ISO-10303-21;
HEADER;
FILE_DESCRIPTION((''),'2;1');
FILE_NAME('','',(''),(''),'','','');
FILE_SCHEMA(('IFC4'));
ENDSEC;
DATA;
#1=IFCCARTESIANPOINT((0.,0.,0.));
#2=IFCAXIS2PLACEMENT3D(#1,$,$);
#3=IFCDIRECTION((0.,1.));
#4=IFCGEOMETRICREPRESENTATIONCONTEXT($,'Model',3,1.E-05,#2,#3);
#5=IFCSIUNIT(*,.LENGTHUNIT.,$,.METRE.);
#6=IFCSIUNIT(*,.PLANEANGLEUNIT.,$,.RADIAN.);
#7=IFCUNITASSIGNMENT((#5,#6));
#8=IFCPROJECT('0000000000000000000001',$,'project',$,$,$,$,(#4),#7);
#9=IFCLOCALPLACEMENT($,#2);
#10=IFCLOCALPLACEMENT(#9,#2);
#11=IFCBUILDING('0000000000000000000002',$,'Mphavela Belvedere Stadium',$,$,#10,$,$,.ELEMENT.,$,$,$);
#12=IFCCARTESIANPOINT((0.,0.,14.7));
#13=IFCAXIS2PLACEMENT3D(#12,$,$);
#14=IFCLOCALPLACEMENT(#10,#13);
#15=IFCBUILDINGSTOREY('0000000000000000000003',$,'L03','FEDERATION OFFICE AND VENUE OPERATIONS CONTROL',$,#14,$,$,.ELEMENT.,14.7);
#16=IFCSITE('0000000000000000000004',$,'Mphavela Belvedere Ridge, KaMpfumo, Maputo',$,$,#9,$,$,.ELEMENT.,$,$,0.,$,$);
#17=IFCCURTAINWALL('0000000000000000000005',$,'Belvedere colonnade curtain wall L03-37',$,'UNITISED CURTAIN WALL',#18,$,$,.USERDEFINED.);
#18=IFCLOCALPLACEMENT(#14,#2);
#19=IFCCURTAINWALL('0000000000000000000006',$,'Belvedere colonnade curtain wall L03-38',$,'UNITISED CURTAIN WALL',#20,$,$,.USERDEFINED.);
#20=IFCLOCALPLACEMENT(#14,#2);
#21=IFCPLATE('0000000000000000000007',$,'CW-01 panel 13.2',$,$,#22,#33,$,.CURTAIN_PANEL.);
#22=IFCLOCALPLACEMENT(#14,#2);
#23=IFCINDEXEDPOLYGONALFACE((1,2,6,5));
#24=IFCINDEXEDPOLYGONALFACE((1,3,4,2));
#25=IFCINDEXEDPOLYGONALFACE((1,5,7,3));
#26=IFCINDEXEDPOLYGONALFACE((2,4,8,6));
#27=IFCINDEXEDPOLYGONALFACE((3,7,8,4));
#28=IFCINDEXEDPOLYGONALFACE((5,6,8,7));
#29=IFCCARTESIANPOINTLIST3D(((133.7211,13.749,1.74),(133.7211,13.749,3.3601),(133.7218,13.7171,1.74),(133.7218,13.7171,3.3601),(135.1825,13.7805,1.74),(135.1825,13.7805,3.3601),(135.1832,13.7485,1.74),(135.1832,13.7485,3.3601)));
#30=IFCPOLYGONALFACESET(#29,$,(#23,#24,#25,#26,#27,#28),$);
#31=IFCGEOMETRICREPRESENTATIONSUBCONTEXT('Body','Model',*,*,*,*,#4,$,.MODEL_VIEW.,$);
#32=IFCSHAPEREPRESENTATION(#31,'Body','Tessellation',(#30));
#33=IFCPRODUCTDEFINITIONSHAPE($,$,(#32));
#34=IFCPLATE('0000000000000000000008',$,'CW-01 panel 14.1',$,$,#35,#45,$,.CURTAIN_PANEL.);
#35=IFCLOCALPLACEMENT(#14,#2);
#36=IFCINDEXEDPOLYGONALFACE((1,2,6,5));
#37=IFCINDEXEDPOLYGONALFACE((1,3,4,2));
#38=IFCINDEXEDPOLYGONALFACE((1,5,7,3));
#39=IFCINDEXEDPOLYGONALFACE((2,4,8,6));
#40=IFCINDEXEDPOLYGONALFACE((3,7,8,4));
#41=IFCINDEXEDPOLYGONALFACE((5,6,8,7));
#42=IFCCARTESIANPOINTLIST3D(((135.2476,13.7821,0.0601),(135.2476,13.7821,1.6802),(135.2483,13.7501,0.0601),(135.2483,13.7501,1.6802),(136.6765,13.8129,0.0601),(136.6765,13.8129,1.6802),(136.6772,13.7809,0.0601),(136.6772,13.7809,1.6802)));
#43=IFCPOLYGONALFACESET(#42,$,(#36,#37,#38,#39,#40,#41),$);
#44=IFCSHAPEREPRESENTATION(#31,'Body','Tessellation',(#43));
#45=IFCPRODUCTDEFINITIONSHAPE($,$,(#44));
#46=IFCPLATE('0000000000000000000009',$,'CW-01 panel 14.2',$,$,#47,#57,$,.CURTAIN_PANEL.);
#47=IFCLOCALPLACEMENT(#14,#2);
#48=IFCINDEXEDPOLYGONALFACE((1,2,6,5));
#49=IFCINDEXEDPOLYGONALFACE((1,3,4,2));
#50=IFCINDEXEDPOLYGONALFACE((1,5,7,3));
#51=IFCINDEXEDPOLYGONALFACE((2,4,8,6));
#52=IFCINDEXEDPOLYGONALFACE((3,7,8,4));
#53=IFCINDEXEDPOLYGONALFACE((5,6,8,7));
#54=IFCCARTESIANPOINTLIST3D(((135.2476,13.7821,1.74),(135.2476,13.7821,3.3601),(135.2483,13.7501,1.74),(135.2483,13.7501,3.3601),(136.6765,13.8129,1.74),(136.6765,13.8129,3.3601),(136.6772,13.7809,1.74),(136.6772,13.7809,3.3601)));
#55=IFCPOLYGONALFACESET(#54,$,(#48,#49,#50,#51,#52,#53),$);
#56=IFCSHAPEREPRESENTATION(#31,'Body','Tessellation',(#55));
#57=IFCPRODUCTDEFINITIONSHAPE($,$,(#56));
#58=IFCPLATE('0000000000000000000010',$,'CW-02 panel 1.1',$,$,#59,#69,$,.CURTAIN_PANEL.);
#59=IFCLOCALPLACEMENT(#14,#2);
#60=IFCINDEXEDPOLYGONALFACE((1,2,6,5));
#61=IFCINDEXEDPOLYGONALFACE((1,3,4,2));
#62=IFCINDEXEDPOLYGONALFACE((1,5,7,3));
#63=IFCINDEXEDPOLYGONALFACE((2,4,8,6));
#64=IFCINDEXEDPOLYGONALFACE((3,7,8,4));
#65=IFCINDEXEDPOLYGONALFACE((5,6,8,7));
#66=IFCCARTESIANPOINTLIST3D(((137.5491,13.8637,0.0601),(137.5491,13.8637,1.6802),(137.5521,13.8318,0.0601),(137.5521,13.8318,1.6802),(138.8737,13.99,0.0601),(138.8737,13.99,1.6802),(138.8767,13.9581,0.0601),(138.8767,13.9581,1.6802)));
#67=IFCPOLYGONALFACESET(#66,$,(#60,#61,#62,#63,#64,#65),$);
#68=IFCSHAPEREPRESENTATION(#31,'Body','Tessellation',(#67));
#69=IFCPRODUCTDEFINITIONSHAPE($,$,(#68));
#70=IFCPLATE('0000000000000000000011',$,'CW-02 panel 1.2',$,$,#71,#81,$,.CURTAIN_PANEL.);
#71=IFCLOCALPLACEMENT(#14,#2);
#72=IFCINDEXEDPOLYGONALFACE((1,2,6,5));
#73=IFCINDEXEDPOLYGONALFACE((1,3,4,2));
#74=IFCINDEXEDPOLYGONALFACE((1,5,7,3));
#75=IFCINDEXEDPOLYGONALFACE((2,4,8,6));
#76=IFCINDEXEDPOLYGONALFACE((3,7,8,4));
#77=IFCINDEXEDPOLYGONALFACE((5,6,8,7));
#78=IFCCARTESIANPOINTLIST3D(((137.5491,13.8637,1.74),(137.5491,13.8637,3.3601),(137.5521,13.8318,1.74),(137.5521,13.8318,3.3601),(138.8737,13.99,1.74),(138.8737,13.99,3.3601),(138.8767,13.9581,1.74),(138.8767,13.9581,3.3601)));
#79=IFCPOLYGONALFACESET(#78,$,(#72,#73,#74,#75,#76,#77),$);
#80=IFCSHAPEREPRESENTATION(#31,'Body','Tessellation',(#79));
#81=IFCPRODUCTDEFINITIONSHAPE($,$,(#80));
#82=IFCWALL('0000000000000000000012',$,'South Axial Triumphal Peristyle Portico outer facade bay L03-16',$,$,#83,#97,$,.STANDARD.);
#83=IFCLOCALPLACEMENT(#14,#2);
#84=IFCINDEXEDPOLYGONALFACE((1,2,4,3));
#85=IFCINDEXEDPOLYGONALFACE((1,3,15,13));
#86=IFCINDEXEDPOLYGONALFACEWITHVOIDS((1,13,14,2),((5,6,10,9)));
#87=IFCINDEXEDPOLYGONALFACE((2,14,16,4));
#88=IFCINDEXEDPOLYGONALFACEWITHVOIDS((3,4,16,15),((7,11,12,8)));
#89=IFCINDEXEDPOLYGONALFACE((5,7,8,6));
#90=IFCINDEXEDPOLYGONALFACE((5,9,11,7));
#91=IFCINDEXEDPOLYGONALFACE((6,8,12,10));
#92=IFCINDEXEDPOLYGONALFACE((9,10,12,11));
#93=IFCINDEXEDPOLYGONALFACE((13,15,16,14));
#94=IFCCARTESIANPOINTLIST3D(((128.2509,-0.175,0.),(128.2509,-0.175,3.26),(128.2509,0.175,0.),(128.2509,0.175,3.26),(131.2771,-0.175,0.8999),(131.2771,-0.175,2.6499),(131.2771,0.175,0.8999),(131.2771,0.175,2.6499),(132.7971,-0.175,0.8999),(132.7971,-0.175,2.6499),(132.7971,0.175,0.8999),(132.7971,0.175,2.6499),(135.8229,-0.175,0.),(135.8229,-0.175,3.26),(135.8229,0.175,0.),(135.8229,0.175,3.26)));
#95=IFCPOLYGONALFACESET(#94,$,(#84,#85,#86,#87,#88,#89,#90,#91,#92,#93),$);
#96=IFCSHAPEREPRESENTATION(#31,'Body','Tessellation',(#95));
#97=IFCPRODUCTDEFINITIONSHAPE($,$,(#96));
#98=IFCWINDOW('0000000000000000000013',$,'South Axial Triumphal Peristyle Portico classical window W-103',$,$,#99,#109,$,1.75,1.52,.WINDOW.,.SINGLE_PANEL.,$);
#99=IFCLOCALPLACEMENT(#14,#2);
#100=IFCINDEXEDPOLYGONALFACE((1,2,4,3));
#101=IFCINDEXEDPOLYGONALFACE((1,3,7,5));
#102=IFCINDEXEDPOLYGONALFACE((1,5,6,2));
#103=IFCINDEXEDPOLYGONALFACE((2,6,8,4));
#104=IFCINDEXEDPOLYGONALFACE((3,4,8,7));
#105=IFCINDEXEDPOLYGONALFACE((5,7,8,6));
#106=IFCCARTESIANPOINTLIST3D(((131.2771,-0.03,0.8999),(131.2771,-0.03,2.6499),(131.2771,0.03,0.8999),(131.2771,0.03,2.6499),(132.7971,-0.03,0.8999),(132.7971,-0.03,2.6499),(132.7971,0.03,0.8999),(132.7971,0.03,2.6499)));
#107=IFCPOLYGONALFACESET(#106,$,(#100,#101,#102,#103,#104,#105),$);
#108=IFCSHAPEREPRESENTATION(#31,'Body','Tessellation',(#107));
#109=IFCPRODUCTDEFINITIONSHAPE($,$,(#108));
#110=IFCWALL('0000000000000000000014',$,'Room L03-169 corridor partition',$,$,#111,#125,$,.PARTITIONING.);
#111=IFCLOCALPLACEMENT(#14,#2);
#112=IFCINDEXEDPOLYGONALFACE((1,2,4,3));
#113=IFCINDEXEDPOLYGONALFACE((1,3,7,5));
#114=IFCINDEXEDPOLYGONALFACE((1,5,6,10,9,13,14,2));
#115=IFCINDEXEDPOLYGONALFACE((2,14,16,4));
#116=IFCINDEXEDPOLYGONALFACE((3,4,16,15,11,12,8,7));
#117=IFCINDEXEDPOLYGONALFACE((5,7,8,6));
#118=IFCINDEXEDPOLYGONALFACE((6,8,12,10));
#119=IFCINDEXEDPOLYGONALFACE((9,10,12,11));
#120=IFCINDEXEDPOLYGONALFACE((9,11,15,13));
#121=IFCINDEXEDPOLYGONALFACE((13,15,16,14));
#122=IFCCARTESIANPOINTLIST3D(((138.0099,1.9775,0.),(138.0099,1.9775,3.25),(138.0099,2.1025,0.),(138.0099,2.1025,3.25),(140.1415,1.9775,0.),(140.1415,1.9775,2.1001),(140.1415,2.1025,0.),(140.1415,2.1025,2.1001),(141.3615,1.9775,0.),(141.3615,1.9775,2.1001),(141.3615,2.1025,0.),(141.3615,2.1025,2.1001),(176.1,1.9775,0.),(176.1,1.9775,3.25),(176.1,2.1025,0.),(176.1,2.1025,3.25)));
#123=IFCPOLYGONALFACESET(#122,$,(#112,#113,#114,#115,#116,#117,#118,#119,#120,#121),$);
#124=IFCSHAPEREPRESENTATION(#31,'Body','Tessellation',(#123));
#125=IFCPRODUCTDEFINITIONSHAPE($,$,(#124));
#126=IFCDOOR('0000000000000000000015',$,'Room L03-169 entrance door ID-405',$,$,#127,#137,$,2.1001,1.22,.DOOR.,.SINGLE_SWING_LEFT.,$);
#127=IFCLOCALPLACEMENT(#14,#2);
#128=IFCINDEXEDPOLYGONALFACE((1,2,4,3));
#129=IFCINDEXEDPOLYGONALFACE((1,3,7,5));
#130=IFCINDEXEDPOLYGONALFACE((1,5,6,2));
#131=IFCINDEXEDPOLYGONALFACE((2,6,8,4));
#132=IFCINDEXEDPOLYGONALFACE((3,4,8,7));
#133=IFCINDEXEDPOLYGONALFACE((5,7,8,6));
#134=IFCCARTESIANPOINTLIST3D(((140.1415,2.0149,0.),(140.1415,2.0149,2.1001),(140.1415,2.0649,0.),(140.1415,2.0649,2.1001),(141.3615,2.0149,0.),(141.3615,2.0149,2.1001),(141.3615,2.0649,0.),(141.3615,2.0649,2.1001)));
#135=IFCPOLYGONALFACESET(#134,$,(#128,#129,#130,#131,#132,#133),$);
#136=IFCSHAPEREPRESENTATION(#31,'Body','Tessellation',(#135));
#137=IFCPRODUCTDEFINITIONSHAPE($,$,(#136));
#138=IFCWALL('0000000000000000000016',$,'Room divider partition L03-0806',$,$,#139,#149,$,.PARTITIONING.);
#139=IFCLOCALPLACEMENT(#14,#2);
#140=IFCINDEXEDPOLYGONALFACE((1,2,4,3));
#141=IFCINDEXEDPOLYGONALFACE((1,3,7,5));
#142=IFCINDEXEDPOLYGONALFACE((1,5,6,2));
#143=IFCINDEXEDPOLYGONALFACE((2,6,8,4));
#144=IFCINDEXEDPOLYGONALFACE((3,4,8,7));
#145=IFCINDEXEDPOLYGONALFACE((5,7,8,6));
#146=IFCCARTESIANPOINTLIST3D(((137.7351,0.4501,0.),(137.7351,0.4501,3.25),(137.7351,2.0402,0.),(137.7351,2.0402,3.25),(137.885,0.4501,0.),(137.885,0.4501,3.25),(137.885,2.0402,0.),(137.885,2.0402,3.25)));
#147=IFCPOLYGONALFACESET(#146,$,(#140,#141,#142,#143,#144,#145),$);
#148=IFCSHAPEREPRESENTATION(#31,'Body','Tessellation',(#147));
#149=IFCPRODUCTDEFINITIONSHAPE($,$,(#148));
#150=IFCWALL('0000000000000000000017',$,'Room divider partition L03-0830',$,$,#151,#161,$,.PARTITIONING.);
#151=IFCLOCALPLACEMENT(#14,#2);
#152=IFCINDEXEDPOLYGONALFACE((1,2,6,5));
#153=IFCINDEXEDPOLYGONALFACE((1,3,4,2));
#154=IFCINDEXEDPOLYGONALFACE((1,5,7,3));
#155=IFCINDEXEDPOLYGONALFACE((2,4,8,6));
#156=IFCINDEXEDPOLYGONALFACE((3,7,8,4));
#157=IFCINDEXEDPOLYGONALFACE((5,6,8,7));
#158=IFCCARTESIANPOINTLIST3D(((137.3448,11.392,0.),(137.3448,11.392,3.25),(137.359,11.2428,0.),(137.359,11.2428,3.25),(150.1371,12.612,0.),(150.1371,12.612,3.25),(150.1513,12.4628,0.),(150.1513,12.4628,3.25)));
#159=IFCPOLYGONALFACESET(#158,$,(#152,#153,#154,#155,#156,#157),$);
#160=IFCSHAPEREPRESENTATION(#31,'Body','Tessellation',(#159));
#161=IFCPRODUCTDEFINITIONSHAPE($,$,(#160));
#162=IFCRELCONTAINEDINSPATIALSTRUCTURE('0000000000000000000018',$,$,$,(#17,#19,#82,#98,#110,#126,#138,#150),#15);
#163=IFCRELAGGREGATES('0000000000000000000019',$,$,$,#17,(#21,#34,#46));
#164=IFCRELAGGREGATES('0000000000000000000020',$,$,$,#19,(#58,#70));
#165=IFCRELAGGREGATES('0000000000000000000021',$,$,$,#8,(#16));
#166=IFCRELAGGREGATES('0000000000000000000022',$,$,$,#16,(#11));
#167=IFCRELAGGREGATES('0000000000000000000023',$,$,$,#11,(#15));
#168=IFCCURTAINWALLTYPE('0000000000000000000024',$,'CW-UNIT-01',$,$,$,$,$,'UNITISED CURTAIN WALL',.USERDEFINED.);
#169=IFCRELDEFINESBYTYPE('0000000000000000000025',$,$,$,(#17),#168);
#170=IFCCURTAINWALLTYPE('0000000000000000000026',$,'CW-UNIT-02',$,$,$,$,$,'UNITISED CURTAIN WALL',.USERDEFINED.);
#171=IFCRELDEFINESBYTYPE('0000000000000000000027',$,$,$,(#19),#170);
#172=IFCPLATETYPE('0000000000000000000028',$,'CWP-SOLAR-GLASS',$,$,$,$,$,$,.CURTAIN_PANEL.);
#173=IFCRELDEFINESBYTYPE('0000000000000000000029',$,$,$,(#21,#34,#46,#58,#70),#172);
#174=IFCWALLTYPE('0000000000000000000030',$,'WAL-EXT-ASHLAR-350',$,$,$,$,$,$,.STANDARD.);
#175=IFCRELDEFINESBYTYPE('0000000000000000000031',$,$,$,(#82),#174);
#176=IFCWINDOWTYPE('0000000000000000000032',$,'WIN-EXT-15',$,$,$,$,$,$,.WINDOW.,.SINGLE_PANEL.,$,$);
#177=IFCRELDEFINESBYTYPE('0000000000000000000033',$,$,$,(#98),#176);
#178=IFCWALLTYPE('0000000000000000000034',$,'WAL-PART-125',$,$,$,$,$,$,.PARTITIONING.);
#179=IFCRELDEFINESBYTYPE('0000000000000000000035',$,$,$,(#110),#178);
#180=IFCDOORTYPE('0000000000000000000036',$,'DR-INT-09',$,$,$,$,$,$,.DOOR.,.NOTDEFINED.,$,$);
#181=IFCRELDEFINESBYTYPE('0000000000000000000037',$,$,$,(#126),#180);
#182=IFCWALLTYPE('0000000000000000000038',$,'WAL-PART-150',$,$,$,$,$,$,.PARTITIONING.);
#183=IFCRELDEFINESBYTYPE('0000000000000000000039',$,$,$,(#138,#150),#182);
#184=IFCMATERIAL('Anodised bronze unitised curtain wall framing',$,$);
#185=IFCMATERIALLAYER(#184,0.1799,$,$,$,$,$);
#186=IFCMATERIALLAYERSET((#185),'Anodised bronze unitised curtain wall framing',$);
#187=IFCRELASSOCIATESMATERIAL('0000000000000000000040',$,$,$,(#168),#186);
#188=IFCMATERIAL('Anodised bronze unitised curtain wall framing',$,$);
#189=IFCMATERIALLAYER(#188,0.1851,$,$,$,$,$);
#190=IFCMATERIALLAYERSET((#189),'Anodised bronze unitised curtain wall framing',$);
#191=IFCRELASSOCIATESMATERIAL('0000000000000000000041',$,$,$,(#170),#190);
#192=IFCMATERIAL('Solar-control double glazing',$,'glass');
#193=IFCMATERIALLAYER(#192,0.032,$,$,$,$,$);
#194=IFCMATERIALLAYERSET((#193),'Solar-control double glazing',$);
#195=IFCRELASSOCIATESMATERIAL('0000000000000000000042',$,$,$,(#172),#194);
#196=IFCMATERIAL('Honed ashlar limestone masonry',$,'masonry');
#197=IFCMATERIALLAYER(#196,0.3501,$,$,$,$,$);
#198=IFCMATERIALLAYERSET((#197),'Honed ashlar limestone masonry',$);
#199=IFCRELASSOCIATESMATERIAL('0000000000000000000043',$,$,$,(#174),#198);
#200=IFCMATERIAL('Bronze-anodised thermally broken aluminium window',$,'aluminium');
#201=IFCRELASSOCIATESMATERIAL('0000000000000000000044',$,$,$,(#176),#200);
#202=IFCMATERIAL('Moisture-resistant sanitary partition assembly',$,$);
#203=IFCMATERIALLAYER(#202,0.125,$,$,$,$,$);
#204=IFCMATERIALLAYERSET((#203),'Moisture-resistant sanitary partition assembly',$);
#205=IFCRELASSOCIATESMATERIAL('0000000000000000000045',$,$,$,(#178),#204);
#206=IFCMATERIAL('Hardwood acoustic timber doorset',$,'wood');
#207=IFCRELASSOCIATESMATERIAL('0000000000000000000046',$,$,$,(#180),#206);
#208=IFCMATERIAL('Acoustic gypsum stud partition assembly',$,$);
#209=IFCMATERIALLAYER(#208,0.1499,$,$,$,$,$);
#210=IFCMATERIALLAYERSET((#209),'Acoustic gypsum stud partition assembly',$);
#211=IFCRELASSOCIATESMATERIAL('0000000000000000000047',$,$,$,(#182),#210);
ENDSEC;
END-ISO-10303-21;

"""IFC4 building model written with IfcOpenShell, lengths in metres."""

from ifc_helpers import new_model, si_unit, direction, frame, frame_2d, origin, origin_2d, place, context, subcontext, project, spatial, rectangle, extrude, material, layer, layer_set, type_object, element, fill, aggregate, save


model = new_model("IFC4")

# Units and contexts
model_context = context("Model", 3, precision=1e-05, world=origin(), true_north=direction((0.0, 1.0)))
body_context = subcontext(model_context, "Body", "Model", "MODEL_VIEW")
ifc_project = project(units=[si_unit("LENGTHUNIT", "METRE"), si_unit("PLANEANGLEUNIT", "RADIAN")], contexts=[model_context])

# Site, building, storey
site_placement = place(None, origin())
site = spatial("IfcSite", under=ifc_project, at=site_placement, Name="Mphavela Belvedere Ridge, KaMpfumo, Maputo", CompositionType="ELEMENT", RefElevation=0.0)
building_placement = place(site_placement, origin())
building = spatial("IfcBuilding", under=site, at=building_placement, Name="Mphavela Belvedere Stadium", CompositionType="ELEMENT")
storey_placement = place(building_placement, frame((0.0, 0.0, 14.7)))
storey = spatial("IfcBuildingStorey", under=building, at=storey_placement, Name="L03", Description="FEDERATION OFFICE AND VENUE OPERATIONS CONTROL", CompositionType="ELEMENT", Elevation=14.7)

# Curtain walls
ifc_material_1 = material(Name="Anodised bronze unitised curtain wall framing")
ifc_layer_1 = layer(ifc_material_1, 0.1799)
ifc_layer_set_1 = layer_set([ifc_layer_1], Name="Anodised bronze unitised curtain wall framing")
curtain_wall_type_1 = type_object("IfcCurtainWallType", Name="CW-UNIT-01", ElementType="UNITISED CURTAIN WALL", PredefinedType="USERDEFINED", material=ifc_layer_set_1)
curtain_wall_1_placement = place(storey_placement, origin())
curtain_wall_1 = element("IfcCurtainWall", 1, at=curtain_wall_1_placement, inside=storey, type_object=curtain_wall_type_1, Name="Belvedere colonnade curtain wall L03-37", ObjectType="UNITISED CURTAIN WALL", PredefinedType="USERDEFINED")
ifc_material_2 = material(Name="Anodised bronze unitised curtain wall framing")
ifc_layer_2 = layer(ifc_material_2, 0.1851)
ifc_layer_set_2 = layer_set([ifc_layer_2], Name="Anodised bronze unitised curtain wall framing")
curtain_wall_type_2 = type_object("IfcCurtainWallType", Name="CW-UNIT-02", ElementType="UNITISED CURTAIN WALL", PredefinedType="USERDEFINED", material=ifc_layer_set_2)
curtain_wall_2_placement = place(storey_placement, origin())
curtain_wall_2 = element("IfcCurtainWall", 2, at=curtain_wall_2_placement, inside=storey, type_object=curtain_wall_type_2, Name="Belvedere colonnade curtain wall L03-38", ObjectType="UNITISED CURTAIN WALL", PredefinedType="USERDEFINED")

# Plates
ifc_material_3 = material(Name="Solar-control double glazing", Category="glass")
ifc_layer_3 = layer(ifc_material_3, 0.032)
ifc_layer_set_3 = layer_set([ifc_layer_3], Name="Solar-control double glazing")
plate_type = type_object("IfcPlateType", Name="CWP-SOLAR-GLASS", PredefinedType="CURTAIN_PANEL", material=ifc_layer_set_3)
plate_1_placement = place(storey_placement, frame((134.4521, 13.7488, 1.74), z_axis=(0.0, 0.0, 1.0), x_axis=(0.999768, 0.021531, 0.0)))
plate_1 = element("IfcPlate", 3, at=plate_1_placement, type_object=plate_type, Name="CW-01 panel 13.2", PredefinedType="CURTAIN_PANEL", context=body_context, shape_type="SweptSolid", body=[
    extrude(rectangle(XDim=1.4617, YDim=0.032, at=origin_2d()), origin(), (0.0, 0.0, 1.0), 1.6201),
])
plate_2_placement = place(storey_placement, frame((135.9624, 13.7815, 0.0601), z_axis=(0.0, 0.0, 1.0), x_axis=(0.999768, 0.021531, 0.0)))
plate_2 = element("IfcPlate", 4, at=plate_2_placement, type_object=plate_type, Name="CW-01 panel 14.1", PredefinedType="CURTAIN_PANEL", context=body_context, shape_type="SweptSolid", body=[
    extrude(rectangle(XDim=1.4292, YDim=0.032, at=origin_2d()), origin(), (0.0, 0.0, 1.0), 1.6201),
])
plate_3_placement = place(storey_placement, frame((135.9624, 13.7815, 1.74), z_axis=(0.0, 0.0, 1.0), x_axis=(0.999768, 0.021531, 0.0)))
plate_3 = element("IfcPlate", 5, at=plate_3_placement, type_object=plate_type, Name="CW-01 panel 14.2", PredefinedType="CURTAIN_PANEL", context=body_context, shape_type="SweptSolid", body=[
    extrude(rectangle(XDim=1.4292, YDim=0.032, at=origin_2d()), origin(), (0.0, 0.0, 1.0), 1.6201),
])
aggregate(curtain_wall_1, [plate_1, plate_2, plate_3])
plate_4_placement = place(storey_placement, frame((138.2129, 13.9109, 0.0601), z_axis=(0.0, 0.0, 1.0), x_axis=(0.995484, 0.094929, 0.0)))
plate_4 = element("IfcPlate", 6, at=plate_4_placement, type_object=plate_type, Name="CW-02 panel 1.1", PredefinedType="CURTAIN_PANEL", context=body_context, shape_type="SweptSolid", body=[
    extrude(rectangle(XDim=1.3306, YDim=0.032, at=origin_2d()), origin(), (0.0, 0.0, 1.0), 1.6201),
])
plate_5_placement = place(storey_placement, frame((138.2129, 13.9109, 1.74), z_axis=(0.0, 0.0, 1.0), x_axis=(0.995484, 0.094929, 0.0)))
plate_5 = element("IfcPlate", 7, at=plate_5_placement, type_object=plate_type, Name="CW-02 panel 1.2", PredefinedType="CURTAIN_PANEL", context=body_context, shape_type="SweptSolid", body=[
    extrude(rectangle(XDim=1.3306, YDim=0.032, at=origin_2d()), origin(), (0.0, 0.0, 1.0), 1.6201),
])
aggregate(curtain_wall_2, [plate_4, plate_5])

# Wall, opening, window
ifc_material_4 = material(Name="Honed ashlar limestone masonry", Category="masonry")
ifc_layer_4 = layer(ifc_material_4, 0.3501)
ifc_layer_set_4 = layer_set([ifc_layer_4], Name="Honed ashlar limestone masonry")
wall_type_1 = type_object("IfcWallType", Name="WAL-EXT-ASHLAR-350", PredefinedType="STANDARD", material=ifc_layer_set_4)
wall_1_placement = place(storey_placement, frame((135.823, 0.0, 0.0), z_axis=(0.0, 0.0, 1.0), x_axis=(-1.0, 0.0, 0.0)))
wall_1 = element("IfcWall", 8, at=wall_1_placement, inside=storey, type_object=wall_type_1, Name="South Axial Triumphal Peristyle Portico outer facade bay L03-16", PredefinedType="STANDARD", context=body_context, shape_type="SweptSolid", body=[
    extrude(rectangle(XDim=7.572, YDim=0.3501, at=frame_2d((3.7861, 0.0))), origin(), (0.0, 0.0, 1.0), 3.26),
])
opening_1_placement = place(wall_1_placement, frame((3.0259, 0.0, 0.8999)))
opening_1 = element("IfcOpeningElement", 9, at=opening_1_placement, cuts=wall_1, PredefinedType="OPENING", context=body_context, shape_type="SweptSolid", body=[
    extrude(rectangle(XDim=1.52, YDim=1.75, at=frame_2d((0.76, 0.875))), frame((0.0, 0.1851, 0.0), z_axis=(0.0, -1.0, 0.0), x_axis=(1.0, 0.0, 0.0)), (0.0, 0.0, 1.0), 0.3701),
])
ifc_material_5 = material(Name="Bronze-anodised thermally broken aluminium window", Category="aluminium")
window_type = type_object("IfcWindowType", Name="WIN-EXT-15", PartitioningType="SINGLE_PANEL", PredefinedType="WINDOW", material=ifc_material_5)
window_placement = place(opening_1_placement, origin())
window = element("IfcWindow", 10, at=window_placement, inside=storey, type_object=window_type, Name="South Axial Triumphal Peristyle Portico classical window W-103", OverallHeight=1.75, OverallWidth=1.52, PartitioningType="SINGLE_PANEL", PredefinedType="WINDOW", context=body_context, shape_type="SweptSolid", body=[
    extrude(rectangle(XDim=1.52, YDim=1.75, at=frame_2d((0.76, 0.875))), frame((0.0, 0.03, 0.0), z_axis=(0.0, -1.0, 0.0), x_axis=(1.0, 0.0, 0.0)), (0.0, 0.0, 1.0), 0.0601),
])
fill(opening_1, window)

# Wall, opening, door
ifc_material_6 = material(Name="Moisture-resistant sanitary partition assembly")
ifc_layer_5 = layer(ifc_material_6, 0.125)
ifc_layer_set_5 = layer_set([ifc_layer_5], Name="Moisture-resistant sanitary partition assembly")
wall_type_2 = type_object("IfcWallType", Name="WAL-PART-125", PredefinedType="PARTITIONING", material=ifc_layer_set_5)
wall_2_placement = place(storey_placement, frame((138.01, 2.04, 0.0), z_axis=(0.0, 0.0, 1.0), x_axis=(1.0, 0.0, 0.0)))
wall_2 = element("IfcWall", 11, at=wall_2_placement, inside=storey, type_object=wall_type_2, Name="Room L03-169 corridor partition", PredefinedType="PARTITIONING", context=body_context, shape_type="SweptSolid", body=[
    extrude(rectangle(XDim=38.0901, YDim=0.125, at=frame_2d((19.0449, 0.0))), origin(), (0.0, 0.0, 1.0), 3.25),
])
opening_2_placement = place(wall_2_placement, frame((2.1316, 0.0, 0.0)))
opening_2 = element("IfcOpeningElement", 12, at=opening_2_placement, cuts=wall_2, PredefinedType="OPENING", context=body_context, shape_type="SweptSolid", body=[
    extrude(rectangle(XDim=1.22, YDim=2.1001, at=frame_2d((0.6099, 1.05))), frame((0.0, 0.0725, 0.0), z_axis=(0.0, -1.0, 0.0), x_axis=(1.0, 0.0, 0.0)), (0.0, 0.0, 1.0), 0.145),
])
ifc_material_7 = material(Name="Hardwood acoustic timber doorset", Category="wood")
door_type = type_object("IfcDoorType", Name="DR-INT-09", OperationType="NOTDEFINED", PredefinedType="DOOR", material=ifc_material_7)
door_placement = place(opening_2_placement, origin())
door = element("IfcDoor", 13, at=door_placement, inside=storey, type_object=door_type, Name="Room L03-169 entrance door ID-405", OperationType="SINGLE_SWING_LEFT", OverallHeight=2.1001, OverallWidth=1.22, PredefinedType="DOOR", context=body_context, shape_type="SweptSolid", body=[
    extrude(rectangle(XDim=1.22, YDim=2.1001, at=frame_2d((0.6099, 1.05))), frame((0.0, 0.0249, 0.0), z_axis=(0.0, -1.0, 0.0), x_axis=(1.0, 0.0, 0.0)), (0.0, 0.0, 1.0), 0.05),
])
fill(opening_2, door)

# Walls
ifc_material_8 = material(Name="Acoustic gypsum stud partition assembly")
ifc_layer_6 = layer(ifc_material_8, 0.1499)
ifc_layer_set_6 = layer_set([ifc_layer_6], Name="Acoustic gypsum stud partition assembly")
wall_type_3 = type_object("IfcWallType", Name="WAL-PART-150", PredefinedType="PARTITIONING", material=ifc_layer_set_6)
wall_3_placement = place(storey_placement, frame((137.8101, 2.04, 0.0), z_axis=(0.0, 0.0, 1.0), x_axis=(0.0, -1.0, 0.0)))
element("IfcWall", 14, at=wall_3_placement, inside=storey, type_object=wall_type_3, Name="Room divider partition L03-0806", PredefinedType="PARTITIONING", context=body_context, shape_type="SweptSolid", body=[
    extrude(rectangle(XDim=1.5901, YDim=0.1499, at=frame_2d((0.7949, 0.0))), origin(), (0.0, 0.0, 1.0), 3.25),
])
wall_4_placement = place(storey_placement, frame((137.3518, 11.3174, 0.0), z_axis=(0.0, 0.0, 1.0), x_axis=(0.995483, 0.094937, 0.0)))
element("IfcWall", 15, at=wall_4_placement, inside=storey, type_object=wall_type_3, Name="Room divider partition L03-0830", PredefinedType="PARTITIONING", context=body_context, shape_type="SweptSolid", body=[
    extrude(rectangle(XDim=12.8503, YDim=0.1499, at=frame_2d((6.4253, 0.0))), origin(), (0.0, 0.0, 1.0), 3.25),
])

save(model, "model.ifc")
